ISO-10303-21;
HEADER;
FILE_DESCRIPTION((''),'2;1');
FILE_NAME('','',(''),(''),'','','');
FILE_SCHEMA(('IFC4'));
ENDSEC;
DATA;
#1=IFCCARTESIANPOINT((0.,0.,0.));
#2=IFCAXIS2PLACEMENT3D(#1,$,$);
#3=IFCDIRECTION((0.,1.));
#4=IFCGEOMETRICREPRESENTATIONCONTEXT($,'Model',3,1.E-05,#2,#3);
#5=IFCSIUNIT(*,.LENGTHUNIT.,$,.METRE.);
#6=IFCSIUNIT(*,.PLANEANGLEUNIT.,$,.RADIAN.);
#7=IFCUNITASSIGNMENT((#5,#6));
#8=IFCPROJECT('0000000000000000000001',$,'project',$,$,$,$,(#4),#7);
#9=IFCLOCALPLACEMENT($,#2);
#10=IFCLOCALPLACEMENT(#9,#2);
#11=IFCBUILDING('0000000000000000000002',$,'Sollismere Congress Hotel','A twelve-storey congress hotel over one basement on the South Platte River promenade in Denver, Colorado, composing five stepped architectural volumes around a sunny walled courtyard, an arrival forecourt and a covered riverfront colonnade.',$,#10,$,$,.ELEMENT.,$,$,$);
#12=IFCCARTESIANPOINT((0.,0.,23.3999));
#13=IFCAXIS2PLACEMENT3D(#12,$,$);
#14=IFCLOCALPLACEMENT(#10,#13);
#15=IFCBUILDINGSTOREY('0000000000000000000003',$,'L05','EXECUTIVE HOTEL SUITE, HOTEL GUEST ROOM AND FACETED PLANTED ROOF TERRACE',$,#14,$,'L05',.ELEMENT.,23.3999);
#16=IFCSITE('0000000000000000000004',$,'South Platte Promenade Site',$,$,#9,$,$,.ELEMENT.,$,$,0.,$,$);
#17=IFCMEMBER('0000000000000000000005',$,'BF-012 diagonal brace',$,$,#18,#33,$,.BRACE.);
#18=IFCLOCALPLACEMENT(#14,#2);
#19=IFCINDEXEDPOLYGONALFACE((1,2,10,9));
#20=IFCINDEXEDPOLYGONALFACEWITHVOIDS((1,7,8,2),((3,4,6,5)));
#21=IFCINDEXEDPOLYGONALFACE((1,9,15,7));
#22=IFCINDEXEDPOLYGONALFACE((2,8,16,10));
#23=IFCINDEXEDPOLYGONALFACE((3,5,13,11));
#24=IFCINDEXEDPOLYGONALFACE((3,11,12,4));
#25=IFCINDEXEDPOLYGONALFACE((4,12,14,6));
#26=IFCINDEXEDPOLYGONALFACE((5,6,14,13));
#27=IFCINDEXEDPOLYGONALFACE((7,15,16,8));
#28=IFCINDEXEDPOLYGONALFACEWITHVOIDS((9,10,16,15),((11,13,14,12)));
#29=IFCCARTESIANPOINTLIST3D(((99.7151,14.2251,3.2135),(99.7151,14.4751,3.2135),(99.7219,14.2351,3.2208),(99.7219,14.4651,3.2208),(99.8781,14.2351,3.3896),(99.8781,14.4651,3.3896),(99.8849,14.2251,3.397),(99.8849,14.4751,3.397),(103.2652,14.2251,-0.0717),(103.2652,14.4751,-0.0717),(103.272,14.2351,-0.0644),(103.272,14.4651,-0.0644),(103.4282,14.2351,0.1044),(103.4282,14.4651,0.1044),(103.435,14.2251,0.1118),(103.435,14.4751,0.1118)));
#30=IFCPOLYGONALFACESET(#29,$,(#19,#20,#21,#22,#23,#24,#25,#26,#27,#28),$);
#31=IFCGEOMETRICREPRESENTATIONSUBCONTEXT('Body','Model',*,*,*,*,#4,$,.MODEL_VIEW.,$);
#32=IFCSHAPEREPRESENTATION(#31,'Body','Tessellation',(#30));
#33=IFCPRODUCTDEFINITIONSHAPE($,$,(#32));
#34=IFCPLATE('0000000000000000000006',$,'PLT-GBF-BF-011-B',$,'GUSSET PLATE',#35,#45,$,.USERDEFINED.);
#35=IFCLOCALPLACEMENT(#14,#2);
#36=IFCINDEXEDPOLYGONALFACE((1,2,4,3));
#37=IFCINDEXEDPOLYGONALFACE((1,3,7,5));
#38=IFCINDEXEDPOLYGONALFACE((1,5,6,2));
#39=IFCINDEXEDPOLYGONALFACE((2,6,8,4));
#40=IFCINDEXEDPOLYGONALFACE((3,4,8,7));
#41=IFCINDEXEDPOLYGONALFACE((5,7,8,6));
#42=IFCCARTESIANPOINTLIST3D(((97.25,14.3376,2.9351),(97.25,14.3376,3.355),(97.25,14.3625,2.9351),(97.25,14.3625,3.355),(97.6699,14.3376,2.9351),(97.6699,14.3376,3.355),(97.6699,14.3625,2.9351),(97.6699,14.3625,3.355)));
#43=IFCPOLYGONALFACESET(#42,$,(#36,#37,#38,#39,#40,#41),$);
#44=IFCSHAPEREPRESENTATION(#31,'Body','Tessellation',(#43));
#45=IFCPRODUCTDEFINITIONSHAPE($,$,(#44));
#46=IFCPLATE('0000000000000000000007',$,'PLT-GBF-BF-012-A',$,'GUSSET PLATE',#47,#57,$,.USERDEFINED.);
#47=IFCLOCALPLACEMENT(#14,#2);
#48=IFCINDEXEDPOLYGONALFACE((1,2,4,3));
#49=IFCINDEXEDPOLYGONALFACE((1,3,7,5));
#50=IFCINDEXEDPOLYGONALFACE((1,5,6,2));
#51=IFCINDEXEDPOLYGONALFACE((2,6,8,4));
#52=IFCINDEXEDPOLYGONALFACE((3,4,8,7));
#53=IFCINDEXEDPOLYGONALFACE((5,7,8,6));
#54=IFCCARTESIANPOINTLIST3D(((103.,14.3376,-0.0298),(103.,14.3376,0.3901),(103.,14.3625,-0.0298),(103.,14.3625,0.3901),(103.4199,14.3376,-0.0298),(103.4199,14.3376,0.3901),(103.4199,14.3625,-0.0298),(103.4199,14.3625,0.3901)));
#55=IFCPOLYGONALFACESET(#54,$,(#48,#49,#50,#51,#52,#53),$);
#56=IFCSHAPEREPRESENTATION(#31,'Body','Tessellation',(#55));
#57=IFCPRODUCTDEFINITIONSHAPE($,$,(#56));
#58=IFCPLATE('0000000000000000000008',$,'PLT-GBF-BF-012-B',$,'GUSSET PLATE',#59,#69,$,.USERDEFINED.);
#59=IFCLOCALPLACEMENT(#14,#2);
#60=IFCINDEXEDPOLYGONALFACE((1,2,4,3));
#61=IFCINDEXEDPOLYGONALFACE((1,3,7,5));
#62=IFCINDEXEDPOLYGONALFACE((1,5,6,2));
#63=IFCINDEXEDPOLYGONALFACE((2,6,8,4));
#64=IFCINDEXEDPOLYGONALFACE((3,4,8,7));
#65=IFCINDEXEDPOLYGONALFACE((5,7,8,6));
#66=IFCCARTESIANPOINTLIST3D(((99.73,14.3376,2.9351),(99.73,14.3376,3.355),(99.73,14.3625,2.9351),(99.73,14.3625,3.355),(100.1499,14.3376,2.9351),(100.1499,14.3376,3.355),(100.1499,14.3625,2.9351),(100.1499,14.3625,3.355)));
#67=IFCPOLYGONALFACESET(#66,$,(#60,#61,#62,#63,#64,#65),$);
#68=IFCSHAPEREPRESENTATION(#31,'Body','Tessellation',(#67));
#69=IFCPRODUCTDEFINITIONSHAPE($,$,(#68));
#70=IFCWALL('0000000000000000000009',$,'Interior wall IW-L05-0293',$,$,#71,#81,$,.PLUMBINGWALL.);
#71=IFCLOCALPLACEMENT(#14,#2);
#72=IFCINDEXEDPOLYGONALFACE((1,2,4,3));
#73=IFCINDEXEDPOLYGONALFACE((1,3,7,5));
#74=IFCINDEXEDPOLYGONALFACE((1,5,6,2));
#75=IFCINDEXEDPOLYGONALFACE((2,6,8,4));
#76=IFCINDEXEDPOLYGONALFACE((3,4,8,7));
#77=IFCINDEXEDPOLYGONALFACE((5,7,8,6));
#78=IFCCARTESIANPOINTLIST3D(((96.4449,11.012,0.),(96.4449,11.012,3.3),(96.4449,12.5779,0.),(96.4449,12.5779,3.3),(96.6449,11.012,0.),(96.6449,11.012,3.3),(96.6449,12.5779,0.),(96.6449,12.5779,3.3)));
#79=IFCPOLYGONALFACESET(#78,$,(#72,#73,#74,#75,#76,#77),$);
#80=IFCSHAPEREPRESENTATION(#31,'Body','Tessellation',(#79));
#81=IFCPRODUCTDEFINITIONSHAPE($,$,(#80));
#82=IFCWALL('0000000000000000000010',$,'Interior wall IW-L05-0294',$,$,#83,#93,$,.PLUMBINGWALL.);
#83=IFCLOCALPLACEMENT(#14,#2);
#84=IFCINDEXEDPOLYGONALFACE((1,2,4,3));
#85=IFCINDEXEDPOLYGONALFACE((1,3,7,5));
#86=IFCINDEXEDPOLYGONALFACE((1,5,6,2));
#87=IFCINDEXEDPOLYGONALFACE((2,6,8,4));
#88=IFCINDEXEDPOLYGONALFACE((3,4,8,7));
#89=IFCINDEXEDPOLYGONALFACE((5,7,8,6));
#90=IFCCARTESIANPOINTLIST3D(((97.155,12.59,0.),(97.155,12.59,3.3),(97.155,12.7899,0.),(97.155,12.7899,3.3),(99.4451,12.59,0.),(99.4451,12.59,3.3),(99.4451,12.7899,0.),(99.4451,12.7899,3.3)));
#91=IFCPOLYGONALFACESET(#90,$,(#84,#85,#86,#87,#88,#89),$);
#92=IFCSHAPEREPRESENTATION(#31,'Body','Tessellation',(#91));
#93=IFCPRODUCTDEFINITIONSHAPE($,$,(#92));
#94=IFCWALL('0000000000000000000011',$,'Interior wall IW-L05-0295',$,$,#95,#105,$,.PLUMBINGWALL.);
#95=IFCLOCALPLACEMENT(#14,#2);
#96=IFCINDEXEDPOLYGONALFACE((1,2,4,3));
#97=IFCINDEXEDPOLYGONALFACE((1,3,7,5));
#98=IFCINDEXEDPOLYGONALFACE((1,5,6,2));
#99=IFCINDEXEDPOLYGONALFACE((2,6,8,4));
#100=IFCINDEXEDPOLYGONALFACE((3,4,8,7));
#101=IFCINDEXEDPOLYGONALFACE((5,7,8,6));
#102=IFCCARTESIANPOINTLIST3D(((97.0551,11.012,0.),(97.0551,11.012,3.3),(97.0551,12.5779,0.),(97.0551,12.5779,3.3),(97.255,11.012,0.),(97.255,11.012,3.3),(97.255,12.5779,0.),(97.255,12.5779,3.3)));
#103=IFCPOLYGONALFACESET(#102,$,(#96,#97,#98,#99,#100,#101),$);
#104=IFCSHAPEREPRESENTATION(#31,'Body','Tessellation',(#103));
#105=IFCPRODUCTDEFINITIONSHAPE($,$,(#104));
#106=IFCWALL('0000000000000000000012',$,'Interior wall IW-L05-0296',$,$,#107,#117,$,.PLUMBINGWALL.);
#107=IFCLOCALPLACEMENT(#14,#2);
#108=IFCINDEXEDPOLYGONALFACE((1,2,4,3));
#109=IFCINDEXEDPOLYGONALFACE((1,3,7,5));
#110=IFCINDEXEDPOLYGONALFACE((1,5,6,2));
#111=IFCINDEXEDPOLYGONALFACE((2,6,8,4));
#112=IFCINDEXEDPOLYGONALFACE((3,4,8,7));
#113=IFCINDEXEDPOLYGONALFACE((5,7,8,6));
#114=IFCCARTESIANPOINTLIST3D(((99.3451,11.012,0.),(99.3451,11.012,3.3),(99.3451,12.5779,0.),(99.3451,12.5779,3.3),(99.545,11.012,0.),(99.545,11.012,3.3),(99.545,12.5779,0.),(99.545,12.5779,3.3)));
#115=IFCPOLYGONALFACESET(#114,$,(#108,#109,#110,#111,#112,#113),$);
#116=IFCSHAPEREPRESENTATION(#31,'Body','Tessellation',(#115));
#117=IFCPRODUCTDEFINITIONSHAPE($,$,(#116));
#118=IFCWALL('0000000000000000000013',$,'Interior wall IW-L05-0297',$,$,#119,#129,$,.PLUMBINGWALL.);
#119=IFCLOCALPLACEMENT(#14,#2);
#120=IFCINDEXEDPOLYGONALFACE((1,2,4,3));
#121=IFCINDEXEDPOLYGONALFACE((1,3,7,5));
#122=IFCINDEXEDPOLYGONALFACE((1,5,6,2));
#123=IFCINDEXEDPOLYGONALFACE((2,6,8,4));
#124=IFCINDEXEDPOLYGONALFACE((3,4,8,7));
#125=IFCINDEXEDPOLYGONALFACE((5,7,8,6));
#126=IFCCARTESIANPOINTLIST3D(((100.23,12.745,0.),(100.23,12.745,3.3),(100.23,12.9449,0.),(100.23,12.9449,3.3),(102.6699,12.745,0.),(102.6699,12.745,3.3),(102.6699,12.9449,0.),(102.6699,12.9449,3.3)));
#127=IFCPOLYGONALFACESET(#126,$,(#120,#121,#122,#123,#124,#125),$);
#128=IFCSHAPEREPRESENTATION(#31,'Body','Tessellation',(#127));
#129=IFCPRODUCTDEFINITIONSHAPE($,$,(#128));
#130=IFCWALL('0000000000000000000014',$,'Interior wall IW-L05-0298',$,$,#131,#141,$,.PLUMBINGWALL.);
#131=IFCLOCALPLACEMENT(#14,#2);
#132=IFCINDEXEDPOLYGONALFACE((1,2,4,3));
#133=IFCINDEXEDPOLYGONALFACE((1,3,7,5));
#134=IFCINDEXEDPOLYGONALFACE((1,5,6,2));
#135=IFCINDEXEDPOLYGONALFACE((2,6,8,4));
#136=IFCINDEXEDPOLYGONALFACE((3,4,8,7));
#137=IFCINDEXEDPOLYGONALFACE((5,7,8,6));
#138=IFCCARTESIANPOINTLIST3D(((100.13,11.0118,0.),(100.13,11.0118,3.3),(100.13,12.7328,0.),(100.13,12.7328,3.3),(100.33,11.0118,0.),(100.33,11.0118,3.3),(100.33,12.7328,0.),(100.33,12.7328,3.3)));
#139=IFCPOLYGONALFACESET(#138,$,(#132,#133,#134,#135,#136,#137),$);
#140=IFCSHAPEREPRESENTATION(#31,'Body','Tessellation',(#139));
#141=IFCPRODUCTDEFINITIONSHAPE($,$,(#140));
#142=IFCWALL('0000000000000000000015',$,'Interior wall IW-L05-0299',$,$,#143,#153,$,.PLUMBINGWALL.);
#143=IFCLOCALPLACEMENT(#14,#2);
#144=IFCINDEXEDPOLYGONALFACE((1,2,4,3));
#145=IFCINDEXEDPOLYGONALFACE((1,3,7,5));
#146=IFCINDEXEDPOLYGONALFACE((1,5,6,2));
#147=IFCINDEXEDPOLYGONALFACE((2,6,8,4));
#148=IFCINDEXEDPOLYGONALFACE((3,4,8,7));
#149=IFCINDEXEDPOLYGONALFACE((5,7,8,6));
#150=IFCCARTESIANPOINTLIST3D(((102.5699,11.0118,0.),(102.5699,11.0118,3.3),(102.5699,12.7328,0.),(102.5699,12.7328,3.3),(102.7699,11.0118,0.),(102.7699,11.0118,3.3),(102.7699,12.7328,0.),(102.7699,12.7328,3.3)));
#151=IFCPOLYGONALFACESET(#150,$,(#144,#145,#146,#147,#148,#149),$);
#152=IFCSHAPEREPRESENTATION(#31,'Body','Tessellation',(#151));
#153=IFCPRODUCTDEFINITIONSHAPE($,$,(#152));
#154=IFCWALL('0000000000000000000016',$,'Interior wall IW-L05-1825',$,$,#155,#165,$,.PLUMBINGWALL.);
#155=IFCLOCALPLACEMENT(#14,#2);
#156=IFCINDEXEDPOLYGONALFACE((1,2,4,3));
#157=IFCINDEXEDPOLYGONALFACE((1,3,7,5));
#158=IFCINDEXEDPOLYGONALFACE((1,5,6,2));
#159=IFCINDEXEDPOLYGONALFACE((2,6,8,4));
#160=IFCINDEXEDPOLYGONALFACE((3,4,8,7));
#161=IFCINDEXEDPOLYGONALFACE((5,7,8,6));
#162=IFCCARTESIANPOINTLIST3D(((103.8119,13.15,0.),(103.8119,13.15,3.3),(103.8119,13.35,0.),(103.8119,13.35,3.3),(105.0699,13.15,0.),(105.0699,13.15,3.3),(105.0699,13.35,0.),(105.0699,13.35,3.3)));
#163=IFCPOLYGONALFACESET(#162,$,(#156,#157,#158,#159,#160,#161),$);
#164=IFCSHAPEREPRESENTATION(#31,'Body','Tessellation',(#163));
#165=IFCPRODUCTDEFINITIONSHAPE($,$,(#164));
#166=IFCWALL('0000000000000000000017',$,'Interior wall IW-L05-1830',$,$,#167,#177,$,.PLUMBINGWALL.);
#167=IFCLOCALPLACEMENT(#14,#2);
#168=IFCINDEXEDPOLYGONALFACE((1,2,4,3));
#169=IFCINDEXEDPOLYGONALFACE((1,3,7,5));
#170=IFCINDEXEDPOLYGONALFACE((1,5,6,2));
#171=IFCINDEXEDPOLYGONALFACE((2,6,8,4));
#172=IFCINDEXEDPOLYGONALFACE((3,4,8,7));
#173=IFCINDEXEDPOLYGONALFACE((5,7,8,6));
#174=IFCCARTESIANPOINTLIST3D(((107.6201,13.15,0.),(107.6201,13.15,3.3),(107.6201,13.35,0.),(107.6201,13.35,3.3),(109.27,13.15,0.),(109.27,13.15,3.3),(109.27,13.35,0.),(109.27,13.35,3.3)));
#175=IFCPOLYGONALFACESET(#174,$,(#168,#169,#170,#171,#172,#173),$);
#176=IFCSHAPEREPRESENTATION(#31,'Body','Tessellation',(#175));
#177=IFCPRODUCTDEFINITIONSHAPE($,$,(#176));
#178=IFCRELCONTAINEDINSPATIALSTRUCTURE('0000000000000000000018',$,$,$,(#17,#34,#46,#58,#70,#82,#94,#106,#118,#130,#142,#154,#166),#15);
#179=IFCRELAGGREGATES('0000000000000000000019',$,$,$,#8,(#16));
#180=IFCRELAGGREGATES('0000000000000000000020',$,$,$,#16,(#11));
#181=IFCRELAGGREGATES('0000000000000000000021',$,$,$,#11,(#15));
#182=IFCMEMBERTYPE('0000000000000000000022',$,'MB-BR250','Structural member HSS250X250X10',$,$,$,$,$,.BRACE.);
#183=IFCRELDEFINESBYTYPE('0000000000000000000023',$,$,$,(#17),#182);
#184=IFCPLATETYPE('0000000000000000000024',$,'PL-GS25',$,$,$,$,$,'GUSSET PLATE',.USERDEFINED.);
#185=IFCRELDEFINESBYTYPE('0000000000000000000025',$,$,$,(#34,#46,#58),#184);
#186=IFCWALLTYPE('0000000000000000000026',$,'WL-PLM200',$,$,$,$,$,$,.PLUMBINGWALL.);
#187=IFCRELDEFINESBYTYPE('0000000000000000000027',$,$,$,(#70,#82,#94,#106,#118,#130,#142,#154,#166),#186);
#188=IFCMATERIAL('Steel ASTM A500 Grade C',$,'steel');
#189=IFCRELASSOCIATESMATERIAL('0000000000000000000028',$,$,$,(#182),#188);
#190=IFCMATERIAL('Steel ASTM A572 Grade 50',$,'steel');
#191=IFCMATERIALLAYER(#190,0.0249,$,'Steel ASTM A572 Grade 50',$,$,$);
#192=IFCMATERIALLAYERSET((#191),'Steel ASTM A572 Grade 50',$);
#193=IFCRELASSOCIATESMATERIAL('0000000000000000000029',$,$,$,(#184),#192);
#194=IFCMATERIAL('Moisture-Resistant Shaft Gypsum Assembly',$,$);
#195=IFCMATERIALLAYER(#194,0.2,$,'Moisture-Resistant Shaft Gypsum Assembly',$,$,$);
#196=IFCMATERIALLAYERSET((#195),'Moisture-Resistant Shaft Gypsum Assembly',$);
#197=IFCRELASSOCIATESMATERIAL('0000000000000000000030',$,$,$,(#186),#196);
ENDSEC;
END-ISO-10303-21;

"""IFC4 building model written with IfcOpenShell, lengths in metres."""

from ifc_helpers import new_model, si_unit, direction, frame, frame_2d, origin, origin_2d, place, context, subcontext, project, spatial, rectangle, hollow_rectangle, extrude, material, layer, layer_set, material_profile, profile_set, type_object, element, save


model = new_model("IFC4")

# Units and contexts
model_context = context("Model", 3, precision=1e-05, world=origin(), true_north=direction((0.0, 1.0)))
body_context = subcontext(model_context, "Body", "Model", "MODEL_VIEW")
ifc_project = project(units=[si_unit("LENGTHUNIT", "METRE"), si_unit("PLANEANGLEUNIT", "RADIAN")], contexts=[model_context])

# Site, building, storey
site_placement = place(None, origin())
site = spatial("IfcSite", under=ifc_project, at=site_placement, Name="South Platte Promenade Site", CompositionType="ELEMENT", RefElevation=0.0)
building_placement = place(site_placement, origin())
building = spatial("IfcBuilding", under=site, at=building_placement, Name="Sollismere Congress Hotel", Description="A twelve-storey congress hotel over one basement on the South Platte River promenade in Denver, Colorado, composing five stepped architectural volumes around a sunny walled courtyard, an arrival forecourt and a covered riverfront colonnade.", CompositionType="ELEMENT")
storey_placement = place(building_placement, frame((0.0, 0.0, 23.3999)))
storey = spatial("IfcBuildingStorey", under=building, at=storey_placement, Name="L05", Description="EXECUTIVE HOTEL SUITE, HOTEL GUEST ROOM AND FACETED PLANTED ROOF TERRACE", LongName="L05", CompositionType="ELEMENT", Elevation=23.3999)

# Member
ifc_material_1 = material(Name="Steel ASTM A500 Grade C", Category="steel")
ifc_material_profile = material_profile(ifc_material_1, hollow_rectangle(XDim=0.25, YDim=0.25, WallThickness=0.01, at=origin_2d()), Name="HSS250X250X10")
ifc_profile_set = profile_set([ifc_material_profile], Name="Steel ASTM A500 Grade C")
member_type = type_object("IfcMemberType", Name="MB-BR250", Description="Structural member HSS250X250X10", PredefinedType="BRACE", material=ifc_profile_set)
member_placement = place(storey_placement, frame((103.3501, 14.3501, 0.02), z_axis=(-0.733959, 0.0, 0.679194), x_axis=(0.0, -1.0, 0.0)))
element("IfcMember", 1, at=member_placement, inside=storey, type_object=member_type, Name="BF-012 diagonal brace", PredefinedType="BRACE", context=body_context, shape_type="SweptSolid", body=[
    extrude(hollow_rectangle(XDim=0.25, YDim=0.25, WallThickness=0.01, at=origin_2d()), origin(), (0.0, 0.0, 1.0), 4.8369),
])

# Plates
ifc_material_2 = material(Name="Steel ASTM A572 Grade 50", Category="steel")
ifc_layer_1 = layer(ifc_material_2, 0.0249, Name="Steel ASTM A572 Grade 50")
ifc_layer_set_1 = layer_set([ifc_layer_1], Name="Steel ASTM A572 Grade 50")
plate_type = type_object("IfcPlateType", Name="PL-GS25", ElementType="GUSSET PLATE", PredefinedType="USERDEFINED", material=ifc_layer_set_1)
for number, where, z_axis, x_axis, name in (
    (2, (97.46, 14.3501, 2.9351), (0.0, 0.0, 1.0), (1.0, 0.0, 0.0), "PLT-GBF-BF-011-B"),
    (3, (103.21, 14.3501, -0.0298), (0.0, 0.0, 1.0), (1.0, 0.0, 0.0), "PLT-GBF-BF-012-A"),
    (4, (99.9399, 14.3501, 2.9351), (0.0, 0.0, 1.0), (1.0, 0.0, 0.0), "PLT-GBF-BF-012-B"),
):
    element("IfcPlate", number, at=place(storey_placement, frame(where, z_axis=z_axis, x_axis=x_axis)), inside=storey, type_object=plate_type, Name=name, ObjectType="GUSSET PLATE", PredefinedType="USERDEFINED", context=body_context, shape_type="SweptSolid", body=[
        extrude(rectangle(XDim=0.4199, YDim=0.0249, at=origin_2d()), origin(), (0.0, 0.0, 1.0), 0.4199),
    ])

# Walls
ifc_material_3 = material(Name="Moisture-Resistant Shaft Gypsum Assembly")
ifc_layer_2 = layer(ifc_material_3, 0.2, Name="Moisture-Resistant Shaft Gypsum Assembly")
ifc_layer_set_2 = layer_set([ifc_layer_2], Name="Moisture-Resistant Shaft Gypsum Assembly")
wall_type_1 = type_object("IfcWallType", Name="WL-PLM200", PredefinedType="PLUMBINGWALL", material=ifc_layer_set_2)
wall_1_placement = place(storey_placement, frame((96.5449, 11.012, 0.0), z_axis=(0.0, 0.0, 1.0), x_axis=(0.0, 1.0, 0.0)))
element("IfcWall", 5, at=wall_1_placement, inside=storey, type_object=wall_type_1, Name="Interior wall IW-L05-0293", PredefinedType="PLUMBINGWALL", context=body_context, shape_type="SweptSolid", body=[
    extrude(rectangle(XDim=1.5659, YDim=0.2, at=frame_2d((0.783, 0.0))), origin(), (0.0, 0.0, 1.0), 3.3),
])
wall_2_placement = place(storey_placement, frame((97.155, 12.6899, 0.0), z_axis=(0.0, 0.0, 1.0), x_axis=(1.0, 0.0, 0.0)))
element("IfcWall", 6, at=wall_2_placement, inside=storey, type_object=wall_type_1, Name="Interior wall IW-L05-0294", PredefinedType="PLUMBINGWALL", context=body_context, shape_type="SweptSolid", body=[
    extrude(rectangle(XDim=2.29, YDim=0.2, at=frame_2d((1.145, 0.0))), origin(), (0.0, 0.0, 1.0), 3.3),
])
for number, where, z_axis, x_axis, name in (
    (7, (97.155, 11.012, 0.0), (0.0, 0.0, 1.0), (0.0, 1.0, 0.0), "Interior wall IW-L05-0295"),
    (8, (99.4451, 11.012, 0.0), (0.0, 0.0, 1.0), (0.0, 1.0, 0.0), "Interior wall IW-L05-0296"),
):
    element("IfcWall", number, at=place(storey_placement, frame(where, z_axis=z_axis, x_axis=x_axis)), inside=storey, type_object=wall_type_1, Name=name, PredefinedType="PLUMBINGWALL", context=body_context, shape_type="SweptSolid", body=[
        extrude(rectangle(XDim=1.5659, YDim=0.2, at=frame_2d((0.783, 0.0))), origin(), (0.0, 0.0, 1.0), 3.3),
    ])
wall_3_placement = place(storey_placement, frame((100.23, 12.845, 0.0), z_axis=(0.0, 0.0, 1.0), x_axis=(1.0, 0.0, 0.0)))
element("IfcWall", 9, at=wall_3_placement, inside=storey, type_object=wall_type_1, Name="Interior wall IW-L05-0297", PredefinedType="PLUMBINGWALL", context=body_context, shape_type="SweptSolid", body=[
    extrude(rectangle(XDim=2.4399, YDim=0.2, at=frame_2d((1.22, 0.0))), origin(), (0.0, 0.0, 1.0), 3.3),
])
for number, where, z_axis, x_axis, name in (
    (10, (100.23, 11.012, 0.0), (0.0, 0.0, 1.0), (0.0, 1.0, 0.0), "Interior wall IW-L05-0298"),
    (11, (102.6699, 11.012, 0.0), (0.0, 0.0, 1.0), (0.0, 1.0, 0.0), "Interior wall IW-L05-0299"),
):
    element("IfcWall", number, at=place(storey_placement, frame(where, z_axis=z_axis, x_axis=x_axis)), inside=storey, type_object=wall_type_1, Name=name, PredefinedType="PLUMBINGWALL", context=body_context, shape_type="SweptSolid", body=[
        extrude(rectangle(XDim=1.7209, YDim=0.2, at=frame_2d((0.8604, 0.0))), origin(), (0.0, 0.0, 1.0), 3.3),
    ])
wall_4_placement = place(storey_placement, frame((103.812, 13.25, 0.0), z_axis=(0.0, 0.0, 1.0), x_axis=(1.0, 0.0, 0.0)))
element("IfcWall", 12, at=wall_4_placement, inside=storey, type_object=wall_type_1, Name="Interior wall IW-L05-1825", PredefinedType="PLUMBINGWALL", context=body_context, shape_type="SweptSolid", body=[
    extrude(rectangle(XDim=1.2581, YDim=0.2, at=frame_2d((0.6289, 0.0))), origin(), (0.0, 0.0, 1.0), 3.3),
])
wall_5_placement = place(storey_placement, frame((107.6201, 13.25, 0.0), z_axis=(0.0, 0.0, 1.0), x_axis=(1.0, 0.0, 0.0)))
element("IfcWall", 13, at=wall_5_placement, inside=storey, type_object=wall_type_1, Name="Interior wall IW-L05-1830", PredefinedType="PLUMBINGWALL", context=body_context, shape_type="SweptSolid", body=[
    extrude(rectangle(XDim=1.6499, YDim=0.2, at=frame_2d((0.825, 0.0))), origin(), (0.0, 0.0, 1.0), 3.3),
])

save(model, "model.ifc")
